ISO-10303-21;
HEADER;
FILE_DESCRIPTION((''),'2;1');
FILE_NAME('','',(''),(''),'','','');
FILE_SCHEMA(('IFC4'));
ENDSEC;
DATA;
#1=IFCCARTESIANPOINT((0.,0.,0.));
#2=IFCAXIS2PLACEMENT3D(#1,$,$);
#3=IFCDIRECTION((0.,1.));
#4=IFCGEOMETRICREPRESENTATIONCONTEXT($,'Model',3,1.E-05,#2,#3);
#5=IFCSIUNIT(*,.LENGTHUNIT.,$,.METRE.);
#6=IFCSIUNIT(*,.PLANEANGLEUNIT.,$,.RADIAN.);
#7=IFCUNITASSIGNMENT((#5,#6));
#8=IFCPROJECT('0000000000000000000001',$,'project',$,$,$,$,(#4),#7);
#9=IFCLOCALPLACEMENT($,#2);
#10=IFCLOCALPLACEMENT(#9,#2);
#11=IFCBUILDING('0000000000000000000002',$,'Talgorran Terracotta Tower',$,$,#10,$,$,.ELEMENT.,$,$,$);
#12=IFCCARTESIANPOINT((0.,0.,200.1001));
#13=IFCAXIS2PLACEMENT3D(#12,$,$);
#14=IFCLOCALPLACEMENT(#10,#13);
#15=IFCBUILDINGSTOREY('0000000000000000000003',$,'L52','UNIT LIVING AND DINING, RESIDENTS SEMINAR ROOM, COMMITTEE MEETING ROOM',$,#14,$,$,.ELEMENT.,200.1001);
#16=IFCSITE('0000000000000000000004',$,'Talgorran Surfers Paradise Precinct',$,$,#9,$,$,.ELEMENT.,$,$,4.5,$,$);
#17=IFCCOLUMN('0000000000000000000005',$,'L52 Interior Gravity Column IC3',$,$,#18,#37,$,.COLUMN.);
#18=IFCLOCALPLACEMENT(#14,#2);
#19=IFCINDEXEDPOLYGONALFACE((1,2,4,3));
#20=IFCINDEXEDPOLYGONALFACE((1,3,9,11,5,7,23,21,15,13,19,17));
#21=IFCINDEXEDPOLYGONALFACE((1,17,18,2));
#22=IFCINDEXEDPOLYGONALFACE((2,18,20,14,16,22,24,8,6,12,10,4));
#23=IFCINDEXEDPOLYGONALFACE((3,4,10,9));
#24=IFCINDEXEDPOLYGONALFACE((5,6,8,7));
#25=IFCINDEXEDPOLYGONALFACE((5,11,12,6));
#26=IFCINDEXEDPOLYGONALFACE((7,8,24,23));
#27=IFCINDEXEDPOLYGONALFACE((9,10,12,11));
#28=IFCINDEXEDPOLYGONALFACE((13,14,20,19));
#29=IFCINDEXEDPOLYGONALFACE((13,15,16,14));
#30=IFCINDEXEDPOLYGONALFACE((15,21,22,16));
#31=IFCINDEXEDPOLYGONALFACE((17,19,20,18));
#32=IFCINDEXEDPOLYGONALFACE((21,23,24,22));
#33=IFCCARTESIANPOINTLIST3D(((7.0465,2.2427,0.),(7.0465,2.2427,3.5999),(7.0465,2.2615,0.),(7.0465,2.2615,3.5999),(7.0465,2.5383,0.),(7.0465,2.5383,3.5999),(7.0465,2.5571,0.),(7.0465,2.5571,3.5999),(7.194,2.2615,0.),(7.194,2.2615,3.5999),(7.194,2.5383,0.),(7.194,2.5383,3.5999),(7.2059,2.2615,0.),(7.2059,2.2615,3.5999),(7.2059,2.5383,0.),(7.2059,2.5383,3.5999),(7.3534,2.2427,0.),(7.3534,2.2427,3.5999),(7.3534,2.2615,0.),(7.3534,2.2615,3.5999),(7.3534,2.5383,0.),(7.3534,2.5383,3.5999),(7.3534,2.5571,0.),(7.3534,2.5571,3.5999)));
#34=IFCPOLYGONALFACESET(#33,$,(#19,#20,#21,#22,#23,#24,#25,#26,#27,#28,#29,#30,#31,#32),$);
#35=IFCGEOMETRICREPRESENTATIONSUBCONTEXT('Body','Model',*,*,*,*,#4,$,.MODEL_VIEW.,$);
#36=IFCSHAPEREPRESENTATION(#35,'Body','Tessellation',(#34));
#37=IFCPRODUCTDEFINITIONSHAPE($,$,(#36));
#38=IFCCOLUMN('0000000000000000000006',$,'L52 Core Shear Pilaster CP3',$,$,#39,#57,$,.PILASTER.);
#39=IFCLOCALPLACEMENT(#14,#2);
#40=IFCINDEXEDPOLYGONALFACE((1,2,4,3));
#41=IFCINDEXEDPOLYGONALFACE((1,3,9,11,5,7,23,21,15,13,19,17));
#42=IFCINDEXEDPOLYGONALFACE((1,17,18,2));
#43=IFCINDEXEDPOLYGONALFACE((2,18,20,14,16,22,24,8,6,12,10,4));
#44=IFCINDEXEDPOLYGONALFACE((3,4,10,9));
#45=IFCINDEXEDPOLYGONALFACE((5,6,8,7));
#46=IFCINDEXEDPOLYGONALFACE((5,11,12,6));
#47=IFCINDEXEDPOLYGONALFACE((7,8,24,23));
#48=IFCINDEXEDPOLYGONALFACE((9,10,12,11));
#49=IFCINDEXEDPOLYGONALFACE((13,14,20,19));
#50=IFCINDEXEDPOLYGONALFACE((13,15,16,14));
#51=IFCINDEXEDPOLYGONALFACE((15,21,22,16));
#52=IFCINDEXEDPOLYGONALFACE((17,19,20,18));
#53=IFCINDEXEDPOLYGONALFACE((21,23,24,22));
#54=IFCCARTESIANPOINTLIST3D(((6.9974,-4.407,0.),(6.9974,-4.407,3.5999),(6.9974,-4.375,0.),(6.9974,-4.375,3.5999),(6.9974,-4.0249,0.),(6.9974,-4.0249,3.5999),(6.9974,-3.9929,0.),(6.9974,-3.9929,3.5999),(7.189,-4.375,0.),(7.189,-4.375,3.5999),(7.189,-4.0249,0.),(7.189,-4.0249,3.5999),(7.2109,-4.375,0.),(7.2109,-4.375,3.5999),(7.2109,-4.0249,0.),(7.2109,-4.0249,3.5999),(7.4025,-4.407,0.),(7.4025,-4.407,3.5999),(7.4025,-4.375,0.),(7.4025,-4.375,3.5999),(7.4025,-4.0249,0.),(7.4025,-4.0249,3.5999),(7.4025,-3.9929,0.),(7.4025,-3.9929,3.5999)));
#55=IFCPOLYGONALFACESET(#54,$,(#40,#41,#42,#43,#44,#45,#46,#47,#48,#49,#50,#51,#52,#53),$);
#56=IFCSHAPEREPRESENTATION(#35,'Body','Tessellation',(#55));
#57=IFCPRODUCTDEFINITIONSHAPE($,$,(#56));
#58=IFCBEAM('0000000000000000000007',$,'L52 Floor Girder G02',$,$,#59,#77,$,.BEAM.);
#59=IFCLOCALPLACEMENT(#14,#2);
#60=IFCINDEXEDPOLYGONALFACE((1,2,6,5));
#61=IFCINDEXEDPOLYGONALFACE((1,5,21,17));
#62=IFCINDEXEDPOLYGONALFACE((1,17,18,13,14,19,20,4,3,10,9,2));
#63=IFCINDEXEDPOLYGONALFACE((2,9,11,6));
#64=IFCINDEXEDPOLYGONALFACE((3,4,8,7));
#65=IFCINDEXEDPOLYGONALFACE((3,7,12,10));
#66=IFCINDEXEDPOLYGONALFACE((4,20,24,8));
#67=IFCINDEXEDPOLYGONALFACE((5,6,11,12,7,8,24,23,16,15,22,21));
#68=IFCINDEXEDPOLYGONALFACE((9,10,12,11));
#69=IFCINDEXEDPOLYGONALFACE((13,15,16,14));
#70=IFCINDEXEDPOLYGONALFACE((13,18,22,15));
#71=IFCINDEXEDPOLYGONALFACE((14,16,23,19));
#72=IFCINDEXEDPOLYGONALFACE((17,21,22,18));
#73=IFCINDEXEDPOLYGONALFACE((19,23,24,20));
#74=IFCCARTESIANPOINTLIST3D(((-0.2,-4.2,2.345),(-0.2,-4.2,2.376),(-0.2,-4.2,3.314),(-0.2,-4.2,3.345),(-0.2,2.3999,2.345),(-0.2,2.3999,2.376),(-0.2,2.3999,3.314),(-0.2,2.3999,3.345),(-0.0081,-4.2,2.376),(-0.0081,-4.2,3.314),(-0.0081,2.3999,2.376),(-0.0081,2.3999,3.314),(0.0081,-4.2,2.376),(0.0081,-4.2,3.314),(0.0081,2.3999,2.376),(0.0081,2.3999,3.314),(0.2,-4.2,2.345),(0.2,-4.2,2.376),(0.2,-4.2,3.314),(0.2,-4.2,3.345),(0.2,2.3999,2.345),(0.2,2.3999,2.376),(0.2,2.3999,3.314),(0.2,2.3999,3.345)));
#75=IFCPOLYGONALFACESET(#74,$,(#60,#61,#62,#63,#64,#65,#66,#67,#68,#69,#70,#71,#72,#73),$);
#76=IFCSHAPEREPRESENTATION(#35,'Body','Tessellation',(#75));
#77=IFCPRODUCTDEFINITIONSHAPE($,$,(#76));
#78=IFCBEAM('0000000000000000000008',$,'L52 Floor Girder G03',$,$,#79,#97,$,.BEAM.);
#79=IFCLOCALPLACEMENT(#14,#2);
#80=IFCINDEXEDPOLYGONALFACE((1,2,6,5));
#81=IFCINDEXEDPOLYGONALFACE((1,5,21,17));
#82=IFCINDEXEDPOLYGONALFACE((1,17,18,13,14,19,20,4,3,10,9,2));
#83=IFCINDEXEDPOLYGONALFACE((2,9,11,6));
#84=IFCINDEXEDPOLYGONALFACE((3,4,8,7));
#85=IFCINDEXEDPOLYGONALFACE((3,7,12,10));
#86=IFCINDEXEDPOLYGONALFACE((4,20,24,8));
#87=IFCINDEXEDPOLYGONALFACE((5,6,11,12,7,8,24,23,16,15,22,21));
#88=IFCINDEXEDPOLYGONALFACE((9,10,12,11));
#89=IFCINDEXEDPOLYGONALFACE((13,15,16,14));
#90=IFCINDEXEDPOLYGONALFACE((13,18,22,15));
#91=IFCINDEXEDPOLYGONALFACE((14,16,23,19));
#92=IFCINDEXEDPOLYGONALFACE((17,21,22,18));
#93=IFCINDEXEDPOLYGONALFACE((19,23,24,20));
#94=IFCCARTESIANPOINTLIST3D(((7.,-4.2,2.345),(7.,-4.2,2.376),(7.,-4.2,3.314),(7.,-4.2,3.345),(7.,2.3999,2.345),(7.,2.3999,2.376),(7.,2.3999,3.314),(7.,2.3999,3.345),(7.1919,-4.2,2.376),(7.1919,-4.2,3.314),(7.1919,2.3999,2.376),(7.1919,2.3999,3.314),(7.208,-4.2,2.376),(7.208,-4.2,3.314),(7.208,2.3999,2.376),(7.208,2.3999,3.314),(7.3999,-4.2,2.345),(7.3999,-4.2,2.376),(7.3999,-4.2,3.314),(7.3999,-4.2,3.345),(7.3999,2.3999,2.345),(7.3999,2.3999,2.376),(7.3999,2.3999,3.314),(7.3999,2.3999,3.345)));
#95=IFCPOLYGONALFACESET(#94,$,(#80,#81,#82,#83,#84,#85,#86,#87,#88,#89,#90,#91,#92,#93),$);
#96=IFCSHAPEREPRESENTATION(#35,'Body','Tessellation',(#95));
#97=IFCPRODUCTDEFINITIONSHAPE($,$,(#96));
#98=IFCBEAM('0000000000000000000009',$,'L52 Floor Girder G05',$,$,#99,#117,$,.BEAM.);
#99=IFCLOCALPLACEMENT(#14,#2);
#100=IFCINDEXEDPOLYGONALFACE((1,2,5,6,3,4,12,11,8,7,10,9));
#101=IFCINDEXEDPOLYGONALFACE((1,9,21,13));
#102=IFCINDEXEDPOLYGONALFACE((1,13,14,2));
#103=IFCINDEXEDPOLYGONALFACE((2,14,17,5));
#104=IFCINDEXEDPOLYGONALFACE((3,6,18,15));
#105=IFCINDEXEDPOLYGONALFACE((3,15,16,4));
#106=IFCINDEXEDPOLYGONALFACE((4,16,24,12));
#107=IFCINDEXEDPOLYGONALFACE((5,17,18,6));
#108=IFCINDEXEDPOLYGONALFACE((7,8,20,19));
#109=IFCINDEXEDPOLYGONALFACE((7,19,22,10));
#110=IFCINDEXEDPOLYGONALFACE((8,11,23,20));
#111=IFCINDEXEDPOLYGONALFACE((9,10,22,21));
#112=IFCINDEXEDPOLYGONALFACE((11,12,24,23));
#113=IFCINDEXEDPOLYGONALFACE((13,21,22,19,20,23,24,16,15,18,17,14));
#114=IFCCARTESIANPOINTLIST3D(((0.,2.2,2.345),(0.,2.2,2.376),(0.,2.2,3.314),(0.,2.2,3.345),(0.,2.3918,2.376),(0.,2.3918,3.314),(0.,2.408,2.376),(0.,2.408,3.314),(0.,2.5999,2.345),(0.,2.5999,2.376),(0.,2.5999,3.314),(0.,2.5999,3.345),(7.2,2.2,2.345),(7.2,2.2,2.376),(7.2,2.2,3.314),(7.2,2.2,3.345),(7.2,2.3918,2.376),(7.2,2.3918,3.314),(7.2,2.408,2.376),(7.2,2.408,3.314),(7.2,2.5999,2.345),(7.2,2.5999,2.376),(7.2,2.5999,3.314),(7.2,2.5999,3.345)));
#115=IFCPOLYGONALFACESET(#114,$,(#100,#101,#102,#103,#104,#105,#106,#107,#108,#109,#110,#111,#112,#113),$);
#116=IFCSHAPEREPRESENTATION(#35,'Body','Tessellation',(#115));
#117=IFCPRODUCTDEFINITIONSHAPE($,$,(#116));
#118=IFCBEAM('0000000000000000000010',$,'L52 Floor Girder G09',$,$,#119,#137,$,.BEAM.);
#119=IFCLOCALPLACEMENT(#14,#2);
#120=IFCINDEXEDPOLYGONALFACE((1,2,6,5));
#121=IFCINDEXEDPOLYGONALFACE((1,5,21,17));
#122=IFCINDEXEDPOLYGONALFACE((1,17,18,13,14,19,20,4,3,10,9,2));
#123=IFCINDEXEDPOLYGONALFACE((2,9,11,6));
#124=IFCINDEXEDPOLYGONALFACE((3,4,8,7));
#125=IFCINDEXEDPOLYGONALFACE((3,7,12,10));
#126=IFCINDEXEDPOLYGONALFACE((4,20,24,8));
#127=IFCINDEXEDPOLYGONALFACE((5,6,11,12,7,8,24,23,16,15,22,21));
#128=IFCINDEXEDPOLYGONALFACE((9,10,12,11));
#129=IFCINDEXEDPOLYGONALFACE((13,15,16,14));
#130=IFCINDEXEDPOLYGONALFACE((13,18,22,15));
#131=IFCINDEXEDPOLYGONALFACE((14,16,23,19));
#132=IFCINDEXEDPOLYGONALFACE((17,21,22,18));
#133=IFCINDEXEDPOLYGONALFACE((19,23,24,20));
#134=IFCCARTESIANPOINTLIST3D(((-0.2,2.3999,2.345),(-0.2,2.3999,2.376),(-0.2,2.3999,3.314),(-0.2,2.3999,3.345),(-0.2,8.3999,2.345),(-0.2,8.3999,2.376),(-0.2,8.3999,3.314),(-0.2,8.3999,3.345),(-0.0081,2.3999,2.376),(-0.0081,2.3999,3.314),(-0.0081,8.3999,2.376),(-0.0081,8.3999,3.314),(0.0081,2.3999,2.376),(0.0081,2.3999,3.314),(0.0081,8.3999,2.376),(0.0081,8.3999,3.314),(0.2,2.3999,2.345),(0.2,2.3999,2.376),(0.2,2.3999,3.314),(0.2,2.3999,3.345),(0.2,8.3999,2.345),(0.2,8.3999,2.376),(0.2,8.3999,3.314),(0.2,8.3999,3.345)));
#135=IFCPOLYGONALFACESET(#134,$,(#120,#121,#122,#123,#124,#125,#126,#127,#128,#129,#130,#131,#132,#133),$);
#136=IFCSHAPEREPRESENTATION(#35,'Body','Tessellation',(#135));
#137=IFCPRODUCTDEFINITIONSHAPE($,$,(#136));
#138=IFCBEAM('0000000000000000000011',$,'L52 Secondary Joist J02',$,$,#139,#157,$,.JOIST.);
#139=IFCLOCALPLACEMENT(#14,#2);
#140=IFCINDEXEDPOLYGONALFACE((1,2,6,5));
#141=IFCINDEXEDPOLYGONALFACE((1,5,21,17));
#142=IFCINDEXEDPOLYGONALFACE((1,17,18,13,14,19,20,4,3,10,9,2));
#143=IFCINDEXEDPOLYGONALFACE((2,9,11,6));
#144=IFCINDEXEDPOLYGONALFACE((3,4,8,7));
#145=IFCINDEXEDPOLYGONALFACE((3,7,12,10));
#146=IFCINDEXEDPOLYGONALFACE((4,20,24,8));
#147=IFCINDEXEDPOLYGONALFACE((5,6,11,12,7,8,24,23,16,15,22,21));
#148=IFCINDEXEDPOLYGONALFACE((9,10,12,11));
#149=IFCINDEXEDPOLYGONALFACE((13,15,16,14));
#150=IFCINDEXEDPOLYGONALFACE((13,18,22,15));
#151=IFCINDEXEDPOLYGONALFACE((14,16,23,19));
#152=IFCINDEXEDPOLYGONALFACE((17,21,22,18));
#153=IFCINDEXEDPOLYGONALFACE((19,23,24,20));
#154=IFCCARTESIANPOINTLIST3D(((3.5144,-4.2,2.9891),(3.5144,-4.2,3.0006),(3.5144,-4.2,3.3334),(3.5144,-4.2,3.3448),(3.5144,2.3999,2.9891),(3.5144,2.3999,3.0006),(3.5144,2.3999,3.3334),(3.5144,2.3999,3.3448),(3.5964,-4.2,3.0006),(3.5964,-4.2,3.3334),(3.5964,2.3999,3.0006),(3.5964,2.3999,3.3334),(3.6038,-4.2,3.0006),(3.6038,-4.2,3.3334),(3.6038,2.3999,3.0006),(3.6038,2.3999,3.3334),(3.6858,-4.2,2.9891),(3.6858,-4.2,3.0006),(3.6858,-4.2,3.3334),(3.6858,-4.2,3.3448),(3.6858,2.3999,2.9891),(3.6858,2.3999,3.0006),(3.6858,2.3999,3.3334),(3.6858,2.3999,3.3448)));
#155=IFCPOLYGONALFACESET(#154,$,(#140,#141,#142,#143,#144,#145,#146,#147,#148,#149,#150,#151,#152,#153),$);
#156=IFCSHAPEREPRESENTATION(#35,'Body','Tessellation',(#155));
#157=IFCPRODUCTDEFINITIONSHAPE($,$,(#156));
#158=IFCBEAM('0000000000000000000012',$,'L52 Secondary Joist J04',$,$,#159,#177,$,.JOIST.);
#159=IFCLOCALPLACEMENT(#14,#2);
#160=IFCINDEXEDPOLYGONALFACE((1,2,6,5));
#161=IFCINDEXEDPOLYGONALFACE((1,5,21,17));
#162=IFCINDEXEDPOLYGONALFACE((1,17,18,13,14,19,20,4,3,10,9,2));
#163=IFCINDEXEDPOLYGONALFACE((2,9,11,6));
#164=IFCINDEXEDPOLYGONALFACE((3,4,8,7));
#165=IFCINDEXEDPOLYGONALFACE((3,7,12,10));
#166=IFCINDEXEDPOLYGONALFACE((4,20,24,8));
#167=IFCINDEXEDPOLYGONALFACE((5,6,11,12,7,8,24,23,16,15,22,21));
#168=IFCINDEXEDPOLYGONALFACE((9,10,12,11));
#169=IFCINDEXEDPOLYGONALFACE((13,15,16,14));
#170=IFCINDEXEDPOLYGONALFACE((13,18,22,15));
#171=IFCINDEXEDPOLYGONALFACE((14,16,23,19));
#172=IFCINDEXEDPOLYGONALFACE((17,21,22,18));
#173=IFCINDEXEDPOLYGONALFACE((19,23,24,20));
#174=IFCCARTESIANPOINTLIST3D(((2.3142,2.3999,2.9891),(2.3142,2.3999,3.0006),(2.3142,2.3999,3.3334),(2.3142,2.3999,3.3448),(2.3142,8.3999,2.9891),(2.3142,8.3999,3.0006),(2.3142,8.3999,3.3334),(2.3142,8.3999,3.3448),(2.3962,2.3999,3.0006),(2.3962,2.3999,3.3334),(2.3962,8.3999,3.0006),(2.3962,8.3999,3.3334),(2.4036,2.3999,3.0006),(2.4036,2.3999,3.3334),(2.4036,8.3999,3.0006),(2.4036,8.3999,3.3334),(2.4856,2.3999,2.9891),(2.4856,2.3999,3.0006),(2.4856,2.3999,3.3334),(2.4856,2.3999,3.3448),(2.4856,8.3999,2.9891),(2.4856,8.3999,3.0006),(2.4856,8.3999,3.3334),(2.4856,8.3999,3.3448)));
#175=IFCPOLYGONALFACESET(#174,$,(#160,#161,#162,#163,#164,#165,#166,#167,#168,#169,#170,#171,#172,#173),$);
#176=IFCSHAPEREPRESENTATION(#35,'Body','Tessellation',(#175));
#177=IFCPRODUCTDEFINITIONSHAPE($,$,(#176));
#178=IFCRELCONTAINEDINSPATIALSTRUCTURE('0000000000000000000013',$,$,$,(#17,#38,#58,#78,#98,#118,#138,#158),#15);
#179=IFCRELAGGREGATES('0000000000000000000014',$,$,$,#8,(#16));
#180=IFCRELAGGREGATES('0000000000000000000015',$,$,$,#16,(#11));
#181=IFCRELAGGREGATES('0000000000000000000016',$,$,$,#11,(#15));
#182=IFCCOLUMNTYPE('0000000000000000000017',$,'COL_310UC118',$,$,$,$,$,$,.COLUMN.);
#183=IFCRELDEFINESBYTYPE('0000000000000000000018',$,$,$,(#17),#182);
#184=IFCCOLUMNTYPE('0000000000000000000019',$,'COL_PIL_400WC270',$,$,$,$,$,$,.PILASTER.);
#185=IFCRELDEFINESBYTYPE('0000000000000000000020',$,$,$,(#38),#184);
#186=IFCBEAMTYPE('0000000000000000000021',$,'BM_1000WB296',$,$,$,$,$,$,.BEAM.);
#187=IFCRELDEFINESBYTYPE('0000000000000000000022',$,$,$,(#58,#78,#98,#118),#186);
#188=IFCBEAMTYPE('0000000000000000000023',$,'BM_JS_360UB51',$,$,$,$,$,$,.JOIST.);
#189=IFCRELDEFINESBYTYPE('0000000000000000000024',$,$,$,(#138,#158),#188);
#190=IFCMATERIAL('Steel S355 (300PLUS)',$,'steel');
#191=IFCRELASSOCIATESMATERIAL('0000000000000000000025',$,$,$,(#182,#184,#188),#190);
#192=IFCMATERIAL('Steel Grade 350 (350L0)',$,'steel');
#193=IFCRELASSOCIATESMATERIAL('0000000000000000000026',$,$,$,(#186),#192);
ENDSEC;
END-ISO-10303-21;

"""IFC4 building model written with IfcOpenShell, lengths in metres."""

from ifc_helpers import new_model, si_unit, direction, frame, origin, origin_2d, place, context, subcontext, project, spatial, i_section, extrude, material, material_profile, profile_set, type_object, element, save


model = new_model("IFC4")

# Units and contexts
model_context = context("Model", 3, precision=1e-05, world=origin(), true_north=direction((0.0, 1.0)))
body_context = subcontext(model_context, "Body", "Model", "MODEL_VIEW")
ifc_project = project(units=[si_unit("LENGTHUNIT", "METRE"), si_unit("PLANEANGLEUNIT", "RADIAN")], contexts=[model_context])

# Site, building, storey
site_placement = place(None, origin())
site = spatial("IfcSite", under=ifc_project, at=site_placement, Name="Talgorran Surfers Paradise Precinct", CompositionType="ELEMENT", RefElevation=4.5)
building_placement = place(site_placement, origin())
building = spatial("IfcBuilding", under=site, at=building_placement, Name="Talgorran Terracotta Tower", CompositionType="ELEMENT")
storey_placement = place(building_placement, frame((0.0, 0.0, 200.1001)))
storey = spatial("IfcBuildingStorey", under=building, at=storey_placement, Name="L52", Description="UNIT LIVING AND DINING, RESIDENTS SEMINAR ROOM, COMMITTEE MEETING ROOM", CompositionType="ELEMENT", Elevation=200.1001)

# Columns
ifc_material_1 = material(Name="Steel S355 (300PLUS)", Category="steel")
ifc_material_profile_1 = material_profile(ifc_material_1, i_section(OverallWidth=0.3069, OverallDepth=0.3145, WebThickness=0.012, FlangeThickness=0.0188, at=origin_2d()), Name="310UC118")
ifc_profile_set_1 = profile_set([ifc_material_profile_1], Name="Steel S355 (300PLUS)")
column_type_1 = type_object("IfcColumnType", Name="COL_310UC118", PredefinedType="COLUMN", material=ifc_profile_set_1)
column_1_placement = place(storey_placement, frame((7.2, 2.3999, 0.0), z_axis=(0.0, 0.0, 1.0), x_axis=(1.0, 0.0, 0.0)))
element("IfcColumn", 1, at=column_1_placement, inside=storey, type_object=column_type_1, Name="L52 Interior Gravity Column IC3", PredefinedType="COLUMN", context=body_context, shape_type="SweptSolid", body=[
    extrude(i_section(OverallWidth=0.3069, OverallDepth=0.3145, WebThickness=0.012, FlangeThickness=0.0188, at=origin_2d()), origin(), (0.0, 0.0, 1.0), 3.5999),
])
ifc_material_profile_2 = material_profile(ifc_material_1, i_section(OverallWidth=0.405, OverallDepth=0.4141, WebThickness=0.022, FlangeThickness=0.032, at=origin_2d()), Name="400WC270")
ifc_profile_set_2 = profile_set([ifc_material_profile_2], Name="Steel S355 (300PLUS)")
column_type_2 = type_object("IfcColumnType", Name="COL_PIL_400WC270", PredefinedType="PILASTER", material=ifc_profile_set_2)
column_2_placement = place(storey_placement, frame((7.2, -4.2, 0.0), z_axis=(0.0, 0.0, 1.0), x_axis=(1.0, 0.0, 0.0)))
element("IfcColumn", 2, at=column_2_placement, inside=storey, type_object=column_type_2, Name="L52 Core Shear Pilaster CP3", PredefinedType="PILASTER", context=body_context, shape_type="SweptSolid", body=[
    extrude(i_section(OverallWidth=0.405, OverallDepth=0.4141, WebThickness=0.022, FlangeThickness=0.032, at=origin_2d()), origin(), (0.0, 0.0, 1.0), 3.5999),
])

# Beams
ifc_material_2 = material(Name="Steel Grade 350 (350L0)", Category="steel")
ifc_material_profile_3 = material_profile(ifc_material_2, i_section(OverallWidth=0.3999, OverallDepth=1.0, WebThickness=0.0161, FlangeThickness=0.031, at=origin_2d()), Name="1000WB296")
ifc_profile_set_3 = profile_set([ifc_material_profile_3], Name="Steel Grade 350 (350L0)")
beam_type_1 = type_object("IfcBeamType", Name="BM_1000WB296", PredefinedType="BEAM", material=ifc_profile_set_3)
for number, where, z_axis, x_axis, name in (
    (3, (0.0, -4.2, 2.845), (0.0, 1.0, 0.0), (-1.0, 0.0, 0.0), "L52 Floor Girder G02"),
    (4, (7.2, -4.2, 2.845), (0.0, 1.0, 0.0), (-1.0, 0.0, 0.0), "L52 Floor Girder G03"),
):
    element("IfcBeam", number, at=place(storey_placement, frame(where, z_axis=z_axis, x_axis=x_axis)), inside=storey, type_object=beam_type_1, Name=name, PredefinedType="BEAM", context=body_context, shape_type="SweptSolid", body=[
        extrude(i_section(OverallWidth=0.3999, OverallDepth=1.0, WebThickness=0.0161, FlangeThickness=0.031, at=origin_2d()), origin(), (0.0, 0.0, 1.0), 6.5999),
    ])
beam_1_placement = place(storey_placement, frame((0.0, 2.3999, 2.845), z_axis=(1.0, 0.0, 0.0), x_axis=(0.0, 1.0, 0.0)))
element("IfcBeam", 5, at=beam_1_placement, inside=storey, type_object=beam_type_1, Name="L52 Floor Girder G05", PredefinedType="BEAM", context=body_context, shape_type="SweptSolid", body=[
    extrude(i_section(OverallWidth=0.3999, OverallDepth=1.0, WebThickness=0.0161, FlangeThickness=0.031, at=origin_2d()), origin(), (0.0, 0.0, 1.0), 7.2),
])
beam_2_placement = place(storey_placement, frame((0.0, 2.3999, 2.845), z_axis=(0.0, 1.0, 0.0), x_axis=(-1.0, 0.0, 0.0)))
element("IfcBeam", 6, at=beam_2_placement, inside=storey, type_object=beam_type_1, Name="L52 Floor Girder G09", PredefinedType="BEAM", context=body_context, shape_type="SweptSolid", body=[
    extrude(i_section(OverallWidth=0.3999, OverallDepth=1.0, WebThickness=0.0161, FlangeThickness=0.031, at=origin_2d()), origin(), (0.0, 0.0, 1.0), 6.0),
])
ifc_material_profile_4 = material_profile(ifc_material_1, i_section(OverallWidth=0.1714, OverallDepth=0.3557, WebThickness=0.0073, FlangeThickness=0.0115, at=origin_2d()), Name="360UB50.7")
ifc_profile_set_4 = profile_set([ifc_material_profile_4], Name="Steel S355 (300PLUS)")
beam_type_2 = type_object("IfcBeamType", Name="BM_JS_360UB51", PredefinedType="JOIST", material=ifc_profile_set_4)
beam_3_placement = place(storey_placement, frame((3.6001, -4.2, 3.167), z_axis=(0.0, 1.0, 0.0), x_axis=(-1.0, 0.0, 0.0)))
element("IfcBeam", 7, at=beam_3_placement, inside=storey, type_object=beam_type_2, Name="L52 Secondary Joist J02", PredefinedType="JOIST", context=body_context, shape_type="SweptSolid", body=[
    extrude(i_section(OverallWidth=0.1714, OverallDepth=0.3557, WebThickness=0.0073, FlangeThickness=0.0115, at=origin_2d()), origin(), (0.0, 0.0, 1.0), 6.5999),
])
beam_4_placement = place(storey_placement, frame((2.3999, 2.3999, 3.167), z_axis=(0.0, 1.0, 0.0), x_axis=(-1.0, 0.0, 0.0)))
element("IfcBeam", 8, at=beam_4_placement, inside=storey, type_object=beam_type_2, Name="L52 Secondary Joist J04", PredefinedType="JOIST", context=body_context, shape_type="SweptSolid", body=[
    extrude(i_section(OverallWidth=0.1714, OverallDepth=0.3557, WebThickness=0.0073, FlangeThickness=0.0115, at=origin_2d()), origin(), (0.0, 0.0, 1.0), 6.0),
])

save(model, "model.ifc")
